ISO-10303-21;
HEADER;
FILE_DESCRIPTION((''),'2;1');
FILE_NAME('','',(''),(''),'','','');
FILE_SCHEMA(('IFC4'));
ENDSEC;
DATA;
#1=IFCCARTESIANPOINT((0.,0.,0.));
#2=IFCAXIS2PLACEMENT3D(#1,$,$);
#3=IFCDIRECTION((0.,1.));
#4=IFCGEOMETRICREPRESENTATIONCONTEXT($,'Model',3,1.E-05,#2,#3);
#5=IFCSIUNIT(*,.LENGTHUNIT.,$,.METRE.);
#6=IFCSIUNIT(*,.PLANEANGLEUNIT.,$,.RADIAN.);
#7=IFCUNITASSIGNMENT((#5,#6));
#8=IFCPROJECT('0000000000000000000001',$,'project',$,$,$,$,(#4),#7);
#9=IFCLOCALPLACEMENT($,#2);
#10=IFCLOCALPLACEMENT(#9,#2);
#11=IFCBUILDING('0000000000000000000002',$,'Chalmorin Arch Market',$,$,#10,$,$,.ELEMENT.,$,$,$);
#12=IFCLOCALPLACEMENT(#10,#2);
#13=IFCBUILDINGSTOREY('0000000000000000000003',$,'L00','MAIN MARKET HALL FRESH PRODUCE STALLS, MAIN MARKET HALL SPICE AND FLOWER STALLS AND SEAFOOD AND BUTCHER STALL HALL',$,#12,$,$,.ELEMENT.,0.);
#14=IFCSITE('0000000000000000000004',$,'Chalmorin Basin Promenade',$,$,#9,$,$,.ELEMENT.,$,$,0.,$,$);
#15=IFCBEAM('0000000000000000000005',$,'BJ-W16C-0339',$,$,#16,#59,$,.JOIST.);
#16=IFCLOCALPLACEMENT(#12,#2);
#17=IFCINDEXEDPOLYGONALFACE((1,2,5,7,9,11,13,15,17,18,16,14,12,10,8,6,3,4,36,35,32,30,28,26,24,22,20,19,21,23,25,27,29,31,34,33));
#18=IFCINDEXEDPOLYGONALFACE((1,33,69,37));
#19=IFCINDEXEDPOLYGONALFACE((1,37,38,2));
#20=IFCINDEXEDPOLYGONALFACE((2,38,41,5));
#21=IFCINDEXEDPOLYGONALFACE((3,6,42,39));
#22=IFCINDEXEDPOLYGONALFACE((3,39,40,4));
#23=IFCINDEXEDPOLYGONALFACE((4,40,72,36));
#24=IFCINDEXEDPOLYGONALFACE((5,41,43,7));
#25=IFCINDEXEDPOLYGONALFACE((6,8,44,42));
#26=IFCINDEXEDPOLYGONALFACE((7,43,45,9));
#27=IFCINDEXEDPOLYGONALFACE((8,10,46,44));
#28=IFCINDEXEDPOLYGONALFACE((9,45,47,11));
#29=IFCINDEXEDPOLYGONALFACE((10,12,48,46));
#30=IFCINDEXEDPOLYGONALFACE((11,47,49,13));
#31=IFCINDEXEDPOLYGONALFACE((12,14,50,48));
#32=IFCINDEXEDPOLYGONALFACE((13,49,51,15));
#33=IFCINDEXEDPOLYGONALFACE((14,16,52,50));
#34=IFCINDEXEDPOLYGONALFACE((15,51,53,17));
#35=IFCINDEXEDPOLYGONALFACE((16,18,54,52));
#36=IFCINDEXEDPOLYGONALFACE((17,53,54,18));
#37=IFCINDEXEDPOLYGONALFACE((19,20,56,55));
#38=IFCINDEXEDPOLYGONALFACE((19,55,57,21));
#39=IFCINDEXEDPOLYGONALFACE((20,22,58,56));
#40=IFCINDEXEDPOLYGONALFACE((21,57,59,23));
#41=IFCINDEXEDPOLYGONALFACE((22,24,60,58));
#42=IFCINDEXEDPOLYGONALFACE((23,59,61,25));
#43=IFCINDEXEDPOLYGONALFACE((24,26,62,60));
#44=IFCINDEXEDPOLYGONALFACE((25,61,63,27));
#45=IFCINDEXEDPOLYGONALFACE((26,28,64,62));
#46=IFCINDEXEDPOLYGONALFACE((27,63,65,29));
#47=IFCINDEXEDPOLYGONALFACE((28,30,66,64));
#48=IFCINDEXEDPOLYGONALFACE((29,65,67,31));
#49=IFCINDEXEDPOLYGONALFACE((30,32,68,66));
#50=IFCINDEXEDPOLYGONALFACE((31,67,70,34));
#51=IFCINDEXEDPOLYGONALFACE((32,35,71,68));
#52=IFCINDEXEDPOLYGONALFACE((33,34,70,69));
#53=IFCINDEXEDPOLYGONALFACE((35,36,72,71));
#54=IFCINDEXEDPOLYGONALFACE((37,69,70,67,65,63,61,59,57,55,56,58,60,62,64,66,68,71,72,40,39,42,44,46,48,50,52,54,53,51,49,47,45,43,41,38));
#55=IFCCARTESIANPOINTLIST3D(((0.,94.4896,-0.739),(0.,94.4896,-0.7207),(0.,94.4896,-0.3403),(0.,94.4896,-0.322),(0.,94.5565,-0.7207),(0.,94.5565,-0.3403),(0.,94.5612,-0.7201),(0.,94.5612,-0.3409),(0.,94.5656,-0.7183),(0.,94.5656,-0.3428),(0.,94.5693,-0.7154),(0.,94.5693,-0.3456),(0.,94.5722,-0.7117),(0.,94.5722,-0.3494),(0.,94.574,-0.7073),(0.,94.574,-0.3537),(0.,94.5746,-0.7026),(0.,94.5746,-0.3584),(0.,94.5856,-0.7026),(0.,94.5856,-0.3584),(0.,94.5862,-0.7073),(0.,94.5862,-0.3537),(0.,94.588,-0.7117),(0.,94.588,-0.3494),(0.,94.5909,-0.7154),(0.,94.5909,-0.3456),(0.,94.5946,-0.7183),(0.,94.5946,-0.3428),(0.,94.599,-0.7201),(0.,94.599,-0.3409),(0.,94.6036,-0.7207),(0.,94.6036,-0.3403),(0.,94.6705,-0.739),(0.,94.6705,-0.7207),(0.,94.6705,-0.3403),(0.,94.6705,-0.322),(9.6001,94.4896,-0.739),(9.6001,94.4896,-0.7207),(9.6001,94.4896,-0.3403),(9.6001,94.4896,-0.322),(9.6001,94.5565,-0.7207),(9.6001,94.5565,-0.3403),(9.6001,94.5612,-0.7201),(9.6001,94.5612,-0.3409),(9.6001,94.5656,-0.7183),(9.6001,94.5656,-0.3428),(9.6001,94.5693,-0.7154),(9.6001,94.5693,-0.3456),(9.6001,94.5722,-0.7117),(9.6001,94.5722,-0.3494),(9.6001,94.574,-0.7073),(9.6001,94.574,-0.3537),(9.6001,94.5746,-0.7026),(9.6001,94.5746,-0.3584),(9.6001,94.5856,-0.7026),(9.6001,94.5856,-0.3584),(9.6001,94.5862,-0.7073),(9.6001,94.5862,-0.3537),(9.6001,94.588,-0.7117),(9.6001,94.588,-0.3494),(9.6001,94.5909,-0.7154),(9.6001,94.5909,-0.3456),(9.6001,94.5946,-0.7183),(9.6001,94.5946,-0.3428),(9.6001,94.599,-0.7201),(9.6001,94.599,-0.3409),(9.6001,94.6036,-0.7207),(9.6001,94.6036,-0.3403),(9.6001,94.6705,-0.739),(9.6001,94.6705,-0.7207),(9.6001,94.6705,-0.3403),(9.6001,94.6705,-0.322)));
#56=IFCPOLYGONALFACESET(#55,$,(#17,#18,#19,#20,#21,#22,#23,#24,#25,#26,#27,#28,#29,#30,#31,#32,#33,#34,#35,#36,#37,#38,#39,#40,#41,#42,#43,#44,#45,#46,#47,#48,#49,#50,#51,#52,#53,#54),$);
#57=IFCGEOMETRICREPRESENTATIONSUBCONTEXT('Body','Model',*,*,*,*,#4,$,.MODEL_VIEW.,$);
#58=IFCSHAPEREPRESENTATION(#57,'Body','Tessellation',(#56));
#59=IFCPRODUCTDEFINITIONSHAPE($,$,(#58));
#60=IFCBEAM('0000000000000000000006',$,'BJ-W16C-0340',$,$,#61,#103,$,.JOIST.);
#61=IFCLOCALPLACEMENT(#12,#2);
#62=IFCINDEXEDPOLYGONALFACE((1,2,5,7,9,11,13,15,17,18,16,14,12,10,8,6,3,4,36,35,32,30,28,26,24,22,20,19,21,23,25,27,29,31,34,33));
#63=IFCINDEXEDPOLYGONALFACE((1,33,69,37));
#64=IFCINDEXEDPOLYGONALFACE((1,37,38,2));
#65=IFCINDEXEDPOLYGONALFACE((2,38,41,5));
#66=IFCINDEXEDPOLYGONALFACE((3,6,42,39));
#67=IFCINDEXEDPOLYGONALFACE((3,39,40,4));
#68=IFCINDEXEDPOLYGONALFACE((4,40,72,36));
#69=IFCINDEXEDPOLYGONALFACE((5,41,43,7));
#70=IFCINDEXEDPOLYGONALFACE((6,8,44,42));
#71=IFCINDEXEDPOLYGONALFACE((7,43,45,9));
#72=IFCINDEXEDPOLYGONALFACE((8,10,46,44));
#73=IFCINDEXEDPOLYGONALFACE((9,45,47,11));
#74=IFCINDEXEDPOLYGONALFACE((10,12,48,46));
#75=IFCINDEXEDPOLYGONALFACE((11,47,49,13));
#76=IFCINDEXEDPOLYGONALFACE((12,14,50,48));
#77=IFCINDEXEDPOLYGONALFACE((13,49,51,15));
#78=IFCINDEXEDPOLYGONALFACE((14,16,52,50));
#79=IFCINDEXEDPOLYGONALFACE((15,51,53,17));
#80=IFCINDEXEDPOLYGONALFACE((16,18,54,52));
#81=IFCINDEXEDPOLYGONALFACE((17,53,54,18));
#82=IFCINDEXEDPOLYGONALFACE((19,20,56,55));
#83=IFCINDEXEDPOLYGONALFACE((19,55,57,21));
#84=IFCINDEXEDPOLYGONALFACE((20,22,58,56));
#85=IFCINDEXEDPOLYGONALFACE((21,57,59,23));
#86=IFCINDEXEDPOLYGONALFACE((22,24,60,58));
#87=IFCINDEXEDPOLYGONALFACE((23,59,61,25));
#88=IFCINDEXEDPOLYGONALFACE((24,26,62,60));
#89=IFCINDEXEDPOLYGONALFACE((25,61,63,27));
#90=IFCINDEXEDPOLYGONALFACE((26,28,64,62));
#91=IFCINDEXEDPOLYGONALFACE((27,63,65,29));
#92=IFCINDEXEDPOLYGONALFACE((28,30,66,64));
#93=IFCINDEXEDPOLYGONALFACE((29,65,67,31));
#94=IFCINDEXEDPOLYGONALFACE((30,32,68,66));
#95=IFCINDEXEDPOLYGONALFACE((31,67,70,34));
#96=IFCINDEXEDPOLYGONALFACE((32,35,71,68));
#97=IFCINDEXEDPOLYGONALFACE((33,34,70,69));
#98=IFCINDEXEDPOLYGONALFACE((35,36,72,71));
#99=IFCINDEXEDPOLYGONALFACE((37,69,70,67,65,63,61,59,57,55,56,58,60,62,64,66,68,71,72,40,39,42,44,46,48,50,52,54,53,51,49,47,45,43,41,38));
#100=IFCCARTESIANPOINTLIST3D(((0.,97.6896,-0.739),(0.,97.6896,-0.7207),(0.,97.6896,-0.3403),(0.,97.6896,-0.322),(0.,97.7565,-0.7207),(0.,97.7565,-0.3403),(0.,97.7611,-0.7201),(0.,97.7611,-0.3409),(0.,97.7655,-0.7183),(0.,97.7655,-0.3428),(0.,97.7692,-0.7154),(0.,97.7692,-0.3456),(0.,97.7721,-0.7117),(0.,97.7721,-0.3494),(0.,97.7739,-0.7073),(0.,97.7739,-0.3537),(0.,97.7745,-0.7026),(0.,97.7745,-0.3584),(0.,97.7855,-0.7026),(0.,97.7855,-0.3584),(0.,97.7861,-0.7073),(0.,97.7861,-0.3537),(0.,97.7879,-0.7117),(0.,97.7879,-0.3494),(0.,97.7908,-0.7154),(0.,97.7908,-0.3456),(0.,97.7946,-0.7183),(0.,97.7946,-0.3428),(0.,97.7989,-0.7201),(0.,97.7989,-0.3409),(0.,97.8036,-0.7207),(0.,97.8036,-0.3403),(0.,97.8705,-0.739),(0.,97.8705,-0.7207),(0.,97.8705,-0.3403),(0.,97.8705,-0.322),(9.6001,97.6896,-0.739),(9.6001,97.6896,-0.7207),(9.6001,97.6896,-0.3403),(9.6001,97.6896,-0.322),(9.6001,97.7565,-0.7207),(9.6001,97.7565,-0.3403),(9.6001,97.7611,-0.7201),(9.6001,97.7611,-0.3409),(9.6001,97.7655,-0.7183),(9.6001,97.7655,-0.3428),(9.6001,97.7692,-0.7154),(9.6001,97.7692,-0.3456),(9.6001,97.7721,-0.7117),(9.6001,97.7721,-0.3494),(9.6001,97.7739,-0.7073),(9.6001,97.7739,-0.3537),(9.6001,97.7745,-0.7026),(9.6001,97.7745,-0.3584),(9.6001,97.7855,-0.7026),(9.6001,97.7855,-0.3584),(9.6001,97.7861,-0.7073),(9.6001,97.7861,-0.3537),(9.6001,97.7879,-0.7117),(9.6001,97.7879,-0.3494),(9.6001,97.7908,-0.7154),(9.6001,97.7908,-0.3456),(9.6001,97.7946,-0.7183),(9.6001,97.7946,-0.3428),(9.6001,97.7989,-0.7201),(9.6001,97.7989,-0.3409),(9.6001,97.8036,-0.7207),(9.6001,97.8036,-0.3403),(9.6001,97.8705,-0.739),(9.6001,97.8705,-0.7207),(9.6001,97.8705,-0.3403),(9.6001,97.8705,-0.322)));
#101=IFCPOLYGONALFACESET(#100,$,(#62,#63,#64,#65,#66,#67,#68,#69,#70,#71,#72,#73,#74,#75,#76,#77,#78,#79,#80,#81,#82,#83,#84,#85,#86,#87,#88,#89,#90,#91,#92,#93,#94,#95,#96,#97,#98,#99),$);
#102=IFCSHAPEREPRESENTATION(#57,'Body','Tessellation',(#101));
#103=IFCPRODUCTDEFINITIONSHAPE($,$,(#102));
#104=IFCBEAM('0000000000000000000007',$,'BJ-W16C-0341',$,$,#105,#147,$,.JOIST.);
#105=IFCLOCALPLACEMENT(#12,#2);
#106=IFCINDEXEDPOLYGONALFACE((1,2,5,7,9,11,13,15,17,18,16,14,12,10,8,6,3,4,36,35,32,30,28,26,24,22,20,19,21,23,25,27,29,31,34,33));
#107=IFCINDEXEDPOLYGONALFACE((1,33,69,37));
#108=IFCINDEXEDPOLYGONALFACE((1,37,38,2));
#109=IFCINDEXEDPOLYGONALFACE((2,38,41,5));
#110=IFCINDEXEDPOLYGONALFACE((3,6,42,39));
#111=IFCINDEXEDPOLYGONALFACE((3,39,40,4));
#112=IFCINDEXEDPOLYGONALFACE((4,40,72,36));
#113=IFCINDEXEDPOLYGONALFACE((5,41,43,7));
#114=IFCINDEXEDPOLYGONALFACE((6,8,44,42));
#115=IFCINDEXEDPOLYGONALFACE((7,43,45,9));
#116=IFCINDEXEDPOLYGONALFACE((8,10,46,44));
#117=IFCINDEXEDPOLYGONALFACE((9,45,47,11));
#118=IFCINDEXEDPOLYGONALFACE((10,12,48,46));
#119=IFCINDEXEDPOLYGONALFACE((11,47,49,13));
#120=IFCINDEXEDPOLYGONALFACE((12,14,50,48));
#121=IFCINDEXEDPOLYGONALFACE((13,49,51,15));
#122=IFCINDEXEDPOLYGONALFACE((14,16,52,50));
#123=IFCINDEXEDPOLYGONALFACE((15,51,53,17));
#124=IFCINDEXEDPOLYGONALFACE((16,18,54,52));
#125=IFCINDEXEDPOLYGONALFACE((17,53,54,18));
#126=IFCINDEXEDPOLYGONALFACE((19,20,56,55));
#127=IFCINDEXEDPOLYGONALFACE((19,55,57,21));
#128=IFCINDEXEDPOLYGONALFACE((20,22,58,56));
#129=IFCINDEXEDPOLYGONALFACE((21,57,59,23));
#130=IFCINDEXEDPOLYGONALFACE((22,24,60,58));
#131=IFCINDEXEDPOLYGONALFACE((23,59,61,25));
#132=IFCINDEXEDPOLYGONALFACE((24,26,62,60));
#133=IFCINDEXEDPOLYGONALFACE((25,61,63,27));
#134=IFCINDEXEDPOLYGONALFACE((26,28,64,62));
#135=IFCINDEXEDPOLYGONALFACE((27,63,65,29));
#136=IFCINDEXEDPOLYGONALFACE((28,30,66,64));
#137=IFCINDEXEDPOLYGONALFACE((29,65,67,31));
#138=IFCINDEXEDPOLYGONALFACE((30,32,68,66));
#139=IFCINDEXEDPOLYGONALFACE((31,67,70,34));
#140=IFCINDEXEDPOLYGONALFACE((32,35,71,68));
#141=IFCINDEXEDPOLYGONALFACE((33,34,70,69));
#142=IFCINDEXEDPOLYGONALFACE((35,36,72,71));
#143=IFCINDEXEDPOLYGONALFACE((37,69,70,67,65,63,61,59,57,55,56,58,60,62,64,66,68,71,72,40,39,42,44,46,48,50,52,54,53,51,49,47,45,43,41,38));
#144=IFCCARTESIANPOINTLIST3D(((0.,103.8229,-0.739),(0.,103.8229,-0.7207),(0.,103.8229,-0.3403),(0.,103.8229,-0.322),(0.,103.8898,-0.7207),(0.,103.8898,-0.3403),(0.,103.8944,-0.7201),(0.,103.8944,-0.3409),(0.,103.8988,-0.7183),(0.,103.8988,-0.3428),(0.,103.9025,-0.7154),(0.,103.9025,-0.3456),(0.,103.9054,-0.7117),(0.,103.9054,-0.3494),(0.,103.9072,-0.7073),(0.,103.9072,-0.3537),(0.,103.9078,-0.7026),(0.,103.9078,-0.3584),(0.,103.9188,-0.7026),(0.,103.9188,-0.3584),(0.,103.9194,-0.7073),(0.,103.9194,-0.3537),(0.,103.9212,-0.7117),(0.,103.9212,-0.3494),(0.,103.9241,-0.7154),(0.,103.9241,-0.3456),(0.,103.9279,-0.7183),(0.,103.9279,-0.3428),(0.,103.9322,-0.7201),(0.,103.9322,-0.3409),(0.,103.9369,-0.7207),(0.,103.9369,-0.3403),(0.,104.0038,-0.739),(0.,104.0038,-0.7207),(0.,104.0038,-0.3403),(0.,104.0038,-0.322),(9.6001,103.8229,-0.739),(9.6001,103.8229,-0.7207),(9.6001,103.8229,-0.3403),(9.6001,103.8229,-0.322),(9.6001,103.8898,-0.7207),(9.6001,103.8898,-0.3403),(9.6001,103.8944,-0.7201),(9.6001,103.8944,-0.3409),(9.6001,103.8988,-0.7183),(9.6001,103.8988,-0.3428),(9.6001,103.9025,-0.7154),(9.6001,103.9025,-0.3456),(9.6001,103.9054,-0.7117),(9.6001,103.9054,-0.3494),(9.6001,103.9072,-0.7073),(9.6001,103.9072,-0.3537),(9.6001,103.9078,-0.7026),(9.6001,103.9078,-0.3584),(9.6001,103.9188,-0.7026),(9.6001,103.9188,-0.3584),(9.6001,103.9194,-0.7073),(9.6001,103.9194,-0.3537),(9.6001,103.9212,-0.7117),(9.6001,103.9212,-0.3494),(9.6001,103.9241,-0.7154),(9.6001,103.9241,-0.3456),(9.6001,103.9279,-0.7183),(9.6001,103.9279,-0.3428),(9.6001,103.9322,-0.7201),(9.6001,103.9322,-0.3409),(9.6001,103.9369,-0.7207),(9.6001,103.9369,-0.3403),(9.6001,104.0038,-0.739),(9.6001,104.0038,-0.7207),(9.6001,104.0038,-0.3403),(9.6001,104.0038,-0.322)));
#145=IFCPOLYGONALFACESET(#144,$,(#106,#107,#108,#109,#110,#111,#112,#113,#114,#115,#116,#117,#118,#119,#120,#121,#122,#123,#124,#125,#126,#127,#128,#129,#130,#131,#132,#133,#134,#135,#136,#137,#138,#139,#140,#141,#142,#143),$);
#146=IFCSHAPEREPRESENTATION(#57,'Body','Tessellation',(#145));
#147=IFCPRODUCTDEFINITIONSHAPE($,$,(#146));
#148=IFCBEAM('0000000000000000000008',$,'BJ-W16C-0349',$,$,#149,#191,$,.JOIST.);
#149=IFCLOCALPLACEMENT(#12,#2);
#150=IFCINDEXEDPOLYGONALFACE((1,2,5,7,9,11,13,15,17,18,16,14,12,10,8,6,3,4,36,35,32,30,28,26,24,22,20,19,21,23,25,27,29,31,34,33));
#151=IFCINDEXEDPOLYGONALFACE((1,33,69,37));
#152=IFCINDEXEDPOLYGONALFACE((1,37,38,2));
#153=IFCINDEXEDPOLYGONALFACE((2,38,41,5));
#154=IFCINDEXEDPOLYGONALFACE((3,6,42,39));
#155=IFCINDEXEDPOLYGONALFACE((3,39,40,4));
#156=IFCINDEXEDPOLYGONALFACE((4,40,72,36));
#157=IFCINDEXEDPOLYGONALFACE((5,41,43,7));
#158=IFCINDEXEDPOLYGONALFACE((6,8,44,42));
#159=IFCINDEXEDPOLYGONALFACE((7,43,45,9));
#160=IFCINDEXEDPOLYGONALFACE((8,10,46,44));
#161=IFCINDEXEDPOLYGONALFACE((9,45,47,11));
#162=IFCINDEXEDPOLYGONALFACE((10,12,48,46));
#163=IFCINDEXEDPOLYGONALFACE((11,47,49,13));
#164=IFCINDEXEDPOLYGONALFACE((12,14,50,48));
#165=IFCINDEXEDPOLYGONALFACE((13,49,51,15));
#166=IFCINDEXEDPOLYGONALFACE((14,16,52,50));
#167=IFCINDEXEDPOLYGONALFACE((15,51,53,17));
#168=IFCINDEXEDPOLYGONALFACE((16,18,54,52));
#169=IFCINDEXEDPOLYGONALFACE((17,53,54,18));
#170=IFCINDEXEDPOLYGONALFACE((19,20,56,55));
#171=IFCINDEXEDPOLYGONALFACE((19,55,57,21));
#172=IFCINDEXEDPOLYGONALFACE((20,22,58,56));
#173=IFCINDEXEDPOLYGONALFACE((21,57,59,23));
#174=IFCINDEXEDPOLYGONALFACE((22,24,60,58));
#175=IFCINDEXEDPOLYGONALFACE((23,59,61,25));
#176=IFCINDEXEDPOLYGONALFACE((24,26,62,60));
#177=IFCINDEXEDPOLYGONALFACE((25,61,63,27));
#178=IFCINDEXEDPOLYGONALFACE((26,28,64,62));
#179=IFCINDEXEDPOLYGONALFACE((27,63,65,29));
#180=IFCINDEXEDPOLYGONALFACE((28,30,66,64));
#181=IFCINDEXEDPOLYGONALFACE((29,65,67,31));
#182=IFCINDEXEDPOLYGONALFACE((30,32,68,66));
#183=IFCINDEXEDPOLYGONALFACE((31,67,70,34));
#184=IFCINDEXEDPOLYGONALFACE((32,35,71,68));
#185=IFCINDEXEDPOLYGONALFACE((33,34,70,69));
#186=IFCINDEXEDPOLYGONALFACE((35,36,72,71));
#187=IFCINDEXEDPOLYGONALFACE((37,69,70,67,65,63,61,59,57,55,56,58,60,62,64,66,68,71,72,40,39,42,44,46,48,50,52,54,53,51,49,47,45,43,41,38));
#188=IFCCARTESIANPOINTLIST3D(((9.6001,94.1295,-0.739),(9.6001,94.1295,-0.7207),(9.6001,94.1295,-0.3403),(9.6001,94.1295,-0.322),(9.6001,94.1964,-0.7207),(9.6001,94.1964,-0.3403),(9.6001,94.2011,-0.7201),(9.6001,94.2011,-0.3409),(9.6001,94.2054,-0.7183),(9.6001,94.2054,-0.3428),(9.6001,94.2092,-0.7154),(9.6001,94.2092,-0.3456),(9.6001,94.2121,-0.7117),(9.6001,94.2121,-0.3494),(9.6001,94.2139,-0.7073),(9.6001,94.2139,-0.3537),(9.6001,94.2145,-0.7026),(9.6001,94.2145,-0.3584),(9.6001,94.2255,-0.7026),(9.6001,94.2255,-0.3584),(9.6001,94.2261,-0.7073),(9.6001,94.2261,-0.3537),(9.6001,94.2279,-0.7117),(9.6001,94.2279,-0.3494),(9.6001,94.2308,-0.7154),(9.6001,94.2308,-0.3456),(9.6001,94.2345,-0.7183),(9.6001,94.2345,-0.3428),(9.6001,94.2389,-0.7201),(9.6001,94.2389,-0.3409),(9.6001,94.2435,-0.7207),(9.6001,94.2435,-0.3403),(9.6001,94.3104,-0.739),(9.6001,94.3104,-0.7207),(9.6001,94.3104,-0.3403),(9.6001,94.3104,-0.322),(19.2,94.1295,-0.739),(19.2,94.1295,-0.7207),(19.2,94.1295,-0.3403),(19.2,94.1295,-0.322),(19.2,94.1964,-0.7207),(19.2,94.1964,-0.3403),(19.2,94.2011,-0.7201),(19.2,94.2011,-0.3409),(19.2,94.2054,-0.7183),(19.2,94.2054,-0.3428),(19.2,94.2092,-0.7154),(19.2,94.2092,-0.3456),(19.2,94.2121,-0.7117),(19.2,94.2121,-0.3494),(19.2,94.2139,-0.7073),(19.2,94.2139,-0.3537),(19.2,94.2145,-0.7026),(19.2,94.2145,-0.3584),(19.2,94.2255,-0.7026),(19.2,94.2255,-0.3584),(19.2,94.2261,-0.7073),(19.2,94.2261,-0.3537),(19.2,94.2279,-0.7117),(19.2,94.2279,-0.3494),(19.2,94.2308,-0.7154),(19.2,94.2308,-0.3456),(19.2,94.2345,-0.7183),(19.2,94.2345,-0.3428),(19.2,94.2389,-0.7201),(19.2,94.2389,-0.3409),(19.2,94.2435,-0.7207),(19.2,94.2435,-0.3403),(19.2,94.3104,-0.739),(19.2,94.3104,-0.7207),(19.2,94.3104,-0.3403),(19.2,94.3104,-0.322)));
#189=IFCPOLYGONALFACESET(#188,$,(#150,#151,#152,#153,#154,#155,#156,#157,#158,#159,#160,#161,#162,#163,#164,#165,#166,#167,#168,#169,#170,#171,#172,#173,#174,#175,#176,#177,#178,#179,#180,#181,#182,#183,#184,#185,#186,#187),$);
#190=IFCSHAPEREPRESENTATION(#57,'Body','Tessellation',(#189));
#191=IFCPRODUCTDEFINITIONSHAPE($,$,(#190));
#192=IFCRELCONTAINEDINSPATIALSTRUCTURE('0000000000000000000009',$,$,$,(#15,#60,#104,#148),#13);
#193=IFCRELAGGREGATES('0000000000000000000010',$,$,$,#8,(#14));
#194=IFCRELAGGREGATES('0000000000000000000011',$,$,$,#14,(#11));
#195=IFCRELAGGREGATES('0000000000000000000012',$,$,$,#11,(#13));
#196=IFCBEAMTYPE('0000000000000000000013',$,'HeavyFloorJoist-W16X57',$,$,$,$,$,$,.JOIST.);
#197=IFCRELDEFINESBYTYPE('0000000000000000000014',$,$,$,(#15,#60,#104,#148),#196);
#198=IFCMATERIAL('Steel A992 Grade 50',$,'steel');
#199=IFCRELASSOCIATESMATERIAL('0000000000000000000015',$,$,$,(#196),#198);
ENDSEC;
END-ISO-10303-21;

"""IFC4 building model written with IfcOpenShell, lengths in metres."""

from ifc_helpers import new_model, si_unit, direction, frame, origin, origin_2d, place, context, subcontext, project, spatial, i_section, extrude, material, material_profile, profile_set, type_object, element, save


model = new_model("IFC4")

# Units and contexts
model_context = context("Model", 3, precision=1e-05, world=origin(), true_north=direction((0.0, 1.0)))
body_context = subcontext(model_context, "Body", "Model", "MODEL_VIEW")
ifc_project = project(units=[si_unit("LENGTHUNIT", "METRE"), si_unit("PLANEANGLEUNIT", "RADIAN")], contexts=[model_context])

# Site, building, storey
site_placement = place(None, origin())
site = spatial("IfcSite", under=ifc_project, at=site_placement, Name="Chalmorin Basin Promenade", CompositionType="ELEMENT", RefElevation=0.0)
building_placement = place(site_placement, origin())
building = spatial("IfcBuilding", under=site, at=building_placement, Name="Chalmorin Arch Market", CompositionType="ELEMENT")
storey_placement = place(building_placement, origin())
storey = spatial("IfcBuildingStorey", under=building, at=storey_placement, Name="L00", Description="MAIN MARKET HALL FRESH PRODUCE STALLS, MAIN MARKET HALL SPICE AND FLOWER STALLS AND SEAFOOD AND BUTCHER STALL HALL", CompositionType="ELEMENT", Elevation=0.0)

# Beams
ifc_material_1 = material(Name="Steel A992 Grade 50", Category="steel")
ifc_material_profile_1 = material_profile(ifc_material_1, i_section(OverallWidth=0.1809, OverallDepth=0.417, WebThickness=0.011, FlangeThickness=0.0183, FilletRadius=0.0181, at=origin_2d()), Name="W16X57")
ifc_profile_set_1 = profile_set([ifc_material_profile_1], Name="Steel A992 Grade 50")
beam_type_1 = type_object("IfcBeamType", Name="HeavyFloorJoist-W16X57", PredefinedType="JOIST", material=ifc_profile_set_1)
for number, where, z_axis, x_axis, name in (
    (1, (0.0, 94.5801, -0.5305), (1.0, 0.0, 0.0), (0.0, 1.0, 0.0), "BJ-W16C-0339"),
    (2, (0.0, 97.78, -0.5305), (1.0, 0.0, 0.0), (0.0, 1.0, 0.0), "BJ-W16C-0340"),
    (3, (0.0, 103.9133, -0.5305), (1.0, 0.0, 0.0), (0.0, 1.0, 0.0), "BJ-W16C-0341"),
):
    element("IfcBeam", number, at=place(storey_placement, frame(where, z_axis=z_axis, x_axis=x_axis)), inside=storey, type_object=beam_type_1, Name=name, PredefinedType="JOIST", context=body_context, shape_type="SweptSolid", body=[
        extrude(i_section(OverallWidth=0.1809, OverallDepth=0.417, WebThickness=0.011, FlangeThickness=0.0183, FilletRadius=0.0181, at=origin_2d()), origin(), (0.0, 0.0, 1.0), 9.6001),
    ])
for number, where, z_axis, x_axis, name in (
    (4, (9.6001, 94.22, -0.5305), (1.0, 0.0, 0.0), (0.0, 1.0, 0.0), "BJ-W16C-0349"),
):
    element("IfcBeam", number, at=place(storey_placement, frame(where, z_axis=z_axis, x_axis=x_axis)), inside=storey, type_object=beam_type_1, Name=name, PredefinedType="JOIST", context=body_context, shape_type="SweptSolid", body=[
        extrude(i_section(OverallWidth=0.1809, OverallDepth=0.417, WebThickness=0.011, FlangeThickness=0.0183, FilletRadius=0.0181, at=origin_2d()), origin(), (0.0, 0.0, 1.0), 9.5999),
    ])

save(model, "model.ifc")
